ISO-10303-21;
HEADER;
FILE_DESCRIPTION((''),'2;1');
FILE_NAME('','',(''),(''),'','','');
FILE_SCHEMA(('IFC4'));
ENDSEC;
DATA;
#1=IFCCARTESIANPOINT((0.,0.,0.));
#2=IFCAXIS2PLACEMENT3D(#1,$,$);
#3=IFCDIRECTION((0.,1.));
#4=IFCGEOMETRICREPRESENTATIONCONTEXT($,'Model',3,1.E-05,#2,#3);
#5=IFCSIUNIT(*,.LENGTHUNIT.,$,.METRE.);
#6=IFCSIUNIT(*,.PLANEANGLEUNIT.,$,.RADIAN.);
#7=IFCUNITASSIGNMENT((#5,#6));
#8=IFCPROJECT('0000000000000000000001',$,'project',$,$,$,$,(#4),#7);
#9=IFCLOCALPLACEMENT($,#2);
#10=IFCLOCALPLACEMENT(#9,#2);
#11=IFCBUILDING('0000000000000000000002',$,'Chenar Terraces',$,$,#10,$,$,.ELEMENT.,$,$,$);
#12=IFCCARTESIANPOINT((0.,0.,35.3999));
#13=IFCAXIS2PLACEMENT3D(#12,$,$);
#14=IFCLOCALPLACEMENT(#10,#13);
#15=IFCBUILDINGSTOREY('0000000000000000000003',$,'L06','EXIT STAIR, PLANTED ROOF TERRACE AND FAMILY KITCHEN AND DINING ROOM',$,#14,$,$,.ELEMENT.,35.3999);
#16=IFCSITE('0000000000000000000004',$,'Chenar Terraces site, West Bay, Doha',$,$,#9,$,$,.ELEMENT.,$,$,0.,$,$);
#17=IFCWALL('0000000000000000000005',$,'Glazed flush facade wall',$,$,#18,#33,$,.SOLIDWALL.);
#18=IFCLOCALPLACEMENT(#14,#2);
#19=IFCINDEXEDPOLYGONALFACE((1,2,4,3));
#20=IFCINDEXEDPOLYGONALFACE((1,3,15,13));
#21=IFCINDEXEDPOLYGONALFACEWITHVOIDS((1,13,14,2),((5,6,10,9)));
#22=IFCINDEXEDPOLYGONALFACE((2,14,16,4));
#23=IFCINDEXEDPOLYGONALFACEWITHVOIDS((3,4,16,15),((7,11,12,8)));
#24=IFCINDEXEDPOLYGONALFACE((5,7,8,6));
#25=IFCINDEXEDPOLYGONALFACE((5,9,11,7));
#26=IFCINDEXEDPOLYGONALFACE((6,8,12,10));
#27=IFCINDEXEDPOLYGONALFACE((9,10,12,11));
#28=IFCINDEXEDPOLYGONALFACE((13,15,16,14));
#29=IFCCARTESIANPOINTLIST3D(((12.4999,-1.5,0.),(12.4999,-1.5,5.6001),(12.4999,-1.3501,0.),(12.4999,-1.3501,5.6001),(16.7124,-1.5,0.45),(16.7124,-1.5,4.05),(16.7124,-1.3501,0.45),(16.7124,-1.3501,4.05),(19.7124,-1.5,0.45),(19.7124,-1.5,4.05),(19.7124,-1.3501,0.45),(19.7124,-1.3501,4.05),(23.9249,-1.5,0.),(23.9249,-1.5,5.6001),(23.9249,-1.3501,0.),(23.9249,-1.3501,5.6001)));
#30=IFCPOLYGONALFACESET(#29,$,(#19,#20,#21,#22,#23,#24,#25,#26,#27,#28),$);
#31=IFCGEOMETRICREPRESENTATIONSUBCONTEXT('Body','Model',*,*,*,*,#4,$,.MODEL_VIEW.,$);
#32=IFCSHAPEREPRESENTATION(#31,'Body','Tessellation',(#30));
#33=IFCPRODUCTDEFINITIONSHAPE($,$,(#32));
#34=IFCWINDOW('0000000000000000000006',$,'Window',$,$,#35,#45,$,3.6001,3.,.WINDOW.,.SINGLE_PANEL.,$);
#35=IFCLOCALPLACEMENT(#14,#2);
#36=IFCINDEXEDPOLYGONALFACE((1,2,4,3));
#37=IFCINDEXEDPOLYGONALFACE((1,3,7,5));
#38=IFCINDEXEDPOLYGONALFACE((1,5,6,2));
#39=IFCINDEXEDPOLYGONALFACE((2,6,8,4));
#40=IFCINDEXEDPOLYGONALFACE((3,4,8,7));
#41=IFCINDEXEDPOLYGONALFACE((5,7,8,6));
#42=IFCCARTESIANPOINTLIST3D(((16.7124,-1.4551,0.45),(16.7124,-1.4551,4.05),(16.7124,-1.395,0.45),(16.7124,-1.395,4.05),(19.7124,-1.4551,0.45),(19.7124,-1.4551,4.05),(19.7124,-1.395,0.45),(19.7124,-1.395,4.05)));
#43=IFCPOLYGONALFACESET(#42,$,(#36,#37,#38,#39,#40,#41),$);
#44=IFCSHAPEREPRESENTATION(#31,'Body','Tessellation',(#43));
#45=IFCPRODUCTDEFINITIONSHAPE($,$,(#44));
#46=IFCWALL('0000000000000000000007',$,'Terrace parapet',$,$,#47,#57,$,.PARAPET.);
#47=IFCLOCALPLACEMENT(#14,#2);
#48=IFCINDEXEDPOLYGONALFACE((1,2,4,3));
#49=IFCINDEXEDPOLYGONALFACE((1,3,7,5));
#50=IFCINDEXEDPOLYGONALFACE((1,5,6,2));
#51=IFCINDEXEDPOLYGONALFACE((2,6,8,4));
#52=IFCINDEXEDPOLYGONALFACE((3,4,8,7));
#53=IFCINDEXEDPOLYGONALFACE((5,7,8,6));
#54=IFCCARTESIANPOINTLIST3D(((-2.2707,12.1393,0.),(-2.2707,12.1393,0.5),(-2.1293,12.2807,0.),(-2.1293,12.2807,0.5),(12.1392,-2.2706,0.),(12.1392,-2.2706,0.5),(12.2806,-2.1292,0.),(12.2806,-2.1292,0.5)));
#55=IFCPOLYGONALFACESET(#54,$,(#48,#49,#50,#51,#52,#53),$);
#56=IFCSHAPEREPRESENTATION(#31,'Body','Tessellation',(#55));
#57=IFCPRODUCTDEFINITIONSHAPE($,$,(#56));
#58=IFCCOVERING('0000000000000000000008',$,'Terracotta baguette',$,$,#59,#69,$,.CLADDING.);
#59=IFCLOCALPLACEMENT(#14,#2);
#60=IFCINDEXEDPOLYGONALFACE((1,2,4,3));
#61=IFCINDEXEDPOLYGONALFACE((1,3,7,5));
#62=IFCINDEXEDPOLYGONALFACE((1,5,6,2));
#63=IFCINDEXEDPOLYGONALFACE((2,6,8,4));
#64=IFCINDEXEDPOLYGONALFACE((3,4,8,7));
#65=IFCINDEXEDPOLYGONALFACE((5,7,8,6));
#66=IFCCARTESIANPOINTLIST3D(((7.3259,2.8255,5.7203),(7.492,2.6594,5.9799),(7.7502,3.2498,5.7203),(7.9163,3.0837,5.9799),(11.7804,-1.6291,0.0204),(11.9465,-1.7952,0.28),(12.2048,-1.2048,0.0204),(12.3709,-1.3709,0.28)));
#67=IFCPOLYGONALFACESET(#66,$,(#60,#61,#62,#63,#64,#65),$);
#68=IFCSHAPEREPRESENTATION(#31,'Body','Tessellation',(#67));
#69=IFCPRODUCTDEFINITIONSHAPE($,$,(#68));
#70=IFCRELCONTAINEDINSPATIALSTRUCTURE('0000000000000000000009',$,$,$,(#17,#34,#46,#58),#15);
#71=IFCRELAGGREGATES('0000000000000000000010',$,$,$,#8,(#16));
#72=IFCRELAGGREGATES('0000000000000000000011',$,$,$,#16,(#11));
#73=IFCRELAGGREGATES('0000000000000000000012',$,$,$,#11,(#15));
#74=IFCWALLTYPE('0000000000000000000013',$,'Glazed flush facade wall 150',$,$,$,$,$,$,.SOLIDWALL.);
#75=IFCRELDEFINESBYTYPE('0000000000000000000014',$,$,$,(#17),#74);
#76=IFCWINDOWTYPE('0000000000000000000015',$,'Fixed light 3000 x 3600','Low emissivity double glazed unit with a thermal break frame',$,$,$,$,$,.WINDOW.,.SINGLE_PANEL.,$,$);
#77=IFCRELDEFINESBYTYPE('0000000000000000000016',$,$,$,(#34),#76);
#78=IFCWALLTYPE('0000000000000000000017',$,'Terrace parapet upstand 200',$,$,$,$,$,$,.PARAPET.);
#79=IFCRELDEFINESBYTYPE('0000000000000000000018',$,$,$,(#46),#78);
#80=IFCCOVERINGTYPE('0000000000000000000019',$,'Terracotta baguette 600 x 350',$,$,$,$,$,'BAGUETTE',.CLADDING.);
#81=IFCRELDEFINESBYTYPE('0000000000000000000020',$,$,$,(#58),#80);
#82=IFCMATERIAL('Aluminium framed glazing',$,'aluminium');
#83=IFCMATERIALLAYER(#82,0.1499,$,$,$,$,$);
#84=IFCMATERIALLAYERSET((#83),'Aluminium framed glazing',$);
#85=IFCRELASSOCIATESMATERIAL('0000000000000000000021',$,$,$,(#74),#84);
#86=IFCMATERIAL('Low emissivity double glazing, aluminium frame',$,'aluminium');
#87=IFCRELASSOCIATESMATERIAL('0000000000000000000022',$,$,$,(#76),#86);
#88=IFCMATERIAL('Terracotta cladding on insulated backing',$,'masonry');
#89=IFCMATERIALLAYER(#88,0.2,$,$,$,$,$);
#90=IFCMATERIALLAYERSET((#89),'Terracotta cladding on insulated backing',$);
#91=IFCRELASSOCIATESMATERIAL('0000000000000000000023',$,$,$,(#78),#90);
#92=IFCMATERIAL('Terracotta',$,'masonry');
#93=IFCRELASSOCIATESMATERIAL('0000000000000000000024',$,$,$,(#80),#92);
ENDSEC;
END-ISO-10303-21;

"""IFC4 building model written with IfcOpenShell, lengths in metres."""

from ifc_helpers import new_model, si_unit, direction, frame, frame_2d, origin, origin_2d, place, context, subcontext, project, spatial, rectangle, extrude, material, layer, layer_set, material_profile, profile_set, type_object, element, fill, save


model = new_model("IFC4")

# Units and contexts
model_context = context("Model", 3, precision=1e-05, world=origin(), true_north=direction((0.0, 1.0)))
body_context = subcontext(model_context, "Body", "Model", "MODEL_VIEW")
ifc_project = project(units=[si_unit("LENGTHUNIT", "METRE"), si_unit("PLANEANGLEUNIT", "RADIAN")], contexts=[model_context])

# Site, building, storey
site_placement = place(None, origin())
site = spatial("IfcSite", under=ifc_project, at=site_placement, Name="Chenar Terraces site, West Bay, Doha", CompositionType="ELEMENT", RefElevation=0.0)
building_placement = place(site_placement, origin())
building = spatial("IfcBuilding", under=site, at=building_placement, Name="Chenar Terraces", CompositionType="ELEMENT")
storey_placement = place(building_placement, frame((0.0, 0.0, 35.3999)))
storey = spatial("IfcBuildingStorey", under=building, at=storey_placement, Name="L06", Description="EXIT STAIR, PLANTED ROOF TERRACE AND FAMILY KITCHEN AND DINING ROOM", CompositionType="ELEMENT", Elevation=35.3999)

# Wall, opening, window
ifc_material_1 = material(Name="Aluminium framed glazing", Category="aluminium")
ifc_layer_1 = layer(ifc_material_1, 0.1499)
ifc_layer_set_1 = layer_set([ifc_layer_1], Name="Aluminium framed glazing")
wall_type_1 = type_object("IfcWallType", Name="Glazed flush facade wall 150", PredefinedType="SOLIDWALL", material=ifc_layer_set_1)
wall_1_placement = place(storey_placement, frame((12.5, -1.425, 0.0), z_axis=(0.0, 0.0, 1.0), x_axis=(1.0, 0.0, 0.0)))
wall_1 = element("IfcWall", 1, at=wall_1_placement, inside=storey, type_object=wall_type_1, Name="Glazed flush facade wall", PredefinedType="SOLIDWALL", context=body_context, shape_type="SweptSolid", body=[
    extrude(rectangle(XDim=11.425, YDim=0.1499, at=frame_2d((5.7124, 0.0))), origin(), (0.0, 0.0, 1.0), 5.6001),
])
opening_1_placement = place(wall_1_placement, frame((4.2124, 0.0, 0.45)))
opening_1 = element("IfcOpeningElement", 2, at=opening_1_placement, cuts=wall_1, PredefinedType="OPENING", context=body_context, shape_type="SweptSolid", body=[
    extrude(rectangle(XDim=3.0, YDim=3.6001, at=frame_2d((1.5, 1.8))), frame((0.0, 0.085, 0.0), z_axis=(0.0, -1.0, 0.0), x_axis=(1.0, 0.0, 0.0)), (0.0, 0.0, 1.0), 0.1699),
])
ifc_material_2 = material(Name="Low emissivity double glazing, aluminium frame", Category="aluminium")
window_type = type_object("IfcWindowType", Name="Fixed light 3000 x 3600", Description="Low emissivity double glazed unit with a thermal break frame", PartitioningType="SINGLE_PANEL", PredefinedType="WINDOW", material=ifc_material_2)
window_placement = place(opening_1_placement, origin())
window = element("IfcWindow", 3, at=window_placement, inside=storey, type_object=window_type, Name="Window", OverallHeight=3.6001, OverallWidth=3.0, PartitioningType="SINGLE_PANEL", PredefinedType="WINDOW", context=body_context, shape_type="SweptSolid", body=[
    extrude(rectangle(XDim=3.0, YDim=3.6001, at=frame_2d((1.5, 1.8))), frame((0.0, 0.03, 0.0), z_axis=(0.0, -1.0, 0.0), x_axis=(1.0, 0.0, 0.0)), (0.0, 0.0, 1.0), 0.0601),
])
fill(opening_1, window)

# Wall
ifc_material_3 = material(Name="Terracotta cladding on insulated backing", Category="masonry")
ifc_layer_2 = layer(ifc_material_3, 0.2)
ifc_layer_set_2 = layer_set([ifc_layer_2], Name="Terracotta cladding on insulated backing")
wall_type_2 = type_object("IfcWallType", Name="Terrace parapet upstand 200", PredefinedType="PARAPET", material=ifc_layer_set_2)
wall_2_placement = place(storey_placement, frame((12.21, -2.2, 0.0), z_axis=(0.0, 0.0, 1.0), x_axis=(-0.707107, 0.707107, 0.0)))
element("IfcWall", 4, at=wall_2_placement, inside=storey, type_object=wall_type_2, Name="Terrace parapet", PredefinedType="PARAPET", context=body_context, shape_type="SweptSolid", body=[
    extrude(rectangle(XDim=20.3787, YDim=0.2, at=frame_2d((10.1895, 0.0))), origin(), (0.0, 0.0, 1.0), 0.5),
])

# Covering
ifc_material_4 = material(Name="Terracotta", Category="masonry")
ifc_material_profile = material_profile(ifc_material_4, rectangle(XDim=0.6001, YDim=0.3501, at=origin_2d()), Name="Terracotta baguette 600 x 350")
ifc_profile_set = profile_set([ifc_material_profile], Name="Terracotta")
covering_type = type_object("IfcCoveringType", Name="Terracotta baguette 600 x 350", ElementType="BAGUETTE", PredefinedType="CLADDING", material=ifc_profile_set)
covering_placement = place(storey_placement, frame((7.6211, 2.9546, 5.8501), z_axis=(0.524337, -0.524337, -0.670925), x_axis=(0.707107, 0.707107, 0.0)))
element("IfcCovering", 5, at=covering_placement, inside=storey, type_object=covering_type, Name="Terracotta baguette", PredefinedType="CLADDING", context=body_context, shape_type="SweptSolid", body=[
    extrude(rectangle(XDim=0.6001, YDim=0.3501, at=origin_2d()), origin(), (0.0, 0.0, 1.0), 8.4956),
])

save(model, "model.ifc")
